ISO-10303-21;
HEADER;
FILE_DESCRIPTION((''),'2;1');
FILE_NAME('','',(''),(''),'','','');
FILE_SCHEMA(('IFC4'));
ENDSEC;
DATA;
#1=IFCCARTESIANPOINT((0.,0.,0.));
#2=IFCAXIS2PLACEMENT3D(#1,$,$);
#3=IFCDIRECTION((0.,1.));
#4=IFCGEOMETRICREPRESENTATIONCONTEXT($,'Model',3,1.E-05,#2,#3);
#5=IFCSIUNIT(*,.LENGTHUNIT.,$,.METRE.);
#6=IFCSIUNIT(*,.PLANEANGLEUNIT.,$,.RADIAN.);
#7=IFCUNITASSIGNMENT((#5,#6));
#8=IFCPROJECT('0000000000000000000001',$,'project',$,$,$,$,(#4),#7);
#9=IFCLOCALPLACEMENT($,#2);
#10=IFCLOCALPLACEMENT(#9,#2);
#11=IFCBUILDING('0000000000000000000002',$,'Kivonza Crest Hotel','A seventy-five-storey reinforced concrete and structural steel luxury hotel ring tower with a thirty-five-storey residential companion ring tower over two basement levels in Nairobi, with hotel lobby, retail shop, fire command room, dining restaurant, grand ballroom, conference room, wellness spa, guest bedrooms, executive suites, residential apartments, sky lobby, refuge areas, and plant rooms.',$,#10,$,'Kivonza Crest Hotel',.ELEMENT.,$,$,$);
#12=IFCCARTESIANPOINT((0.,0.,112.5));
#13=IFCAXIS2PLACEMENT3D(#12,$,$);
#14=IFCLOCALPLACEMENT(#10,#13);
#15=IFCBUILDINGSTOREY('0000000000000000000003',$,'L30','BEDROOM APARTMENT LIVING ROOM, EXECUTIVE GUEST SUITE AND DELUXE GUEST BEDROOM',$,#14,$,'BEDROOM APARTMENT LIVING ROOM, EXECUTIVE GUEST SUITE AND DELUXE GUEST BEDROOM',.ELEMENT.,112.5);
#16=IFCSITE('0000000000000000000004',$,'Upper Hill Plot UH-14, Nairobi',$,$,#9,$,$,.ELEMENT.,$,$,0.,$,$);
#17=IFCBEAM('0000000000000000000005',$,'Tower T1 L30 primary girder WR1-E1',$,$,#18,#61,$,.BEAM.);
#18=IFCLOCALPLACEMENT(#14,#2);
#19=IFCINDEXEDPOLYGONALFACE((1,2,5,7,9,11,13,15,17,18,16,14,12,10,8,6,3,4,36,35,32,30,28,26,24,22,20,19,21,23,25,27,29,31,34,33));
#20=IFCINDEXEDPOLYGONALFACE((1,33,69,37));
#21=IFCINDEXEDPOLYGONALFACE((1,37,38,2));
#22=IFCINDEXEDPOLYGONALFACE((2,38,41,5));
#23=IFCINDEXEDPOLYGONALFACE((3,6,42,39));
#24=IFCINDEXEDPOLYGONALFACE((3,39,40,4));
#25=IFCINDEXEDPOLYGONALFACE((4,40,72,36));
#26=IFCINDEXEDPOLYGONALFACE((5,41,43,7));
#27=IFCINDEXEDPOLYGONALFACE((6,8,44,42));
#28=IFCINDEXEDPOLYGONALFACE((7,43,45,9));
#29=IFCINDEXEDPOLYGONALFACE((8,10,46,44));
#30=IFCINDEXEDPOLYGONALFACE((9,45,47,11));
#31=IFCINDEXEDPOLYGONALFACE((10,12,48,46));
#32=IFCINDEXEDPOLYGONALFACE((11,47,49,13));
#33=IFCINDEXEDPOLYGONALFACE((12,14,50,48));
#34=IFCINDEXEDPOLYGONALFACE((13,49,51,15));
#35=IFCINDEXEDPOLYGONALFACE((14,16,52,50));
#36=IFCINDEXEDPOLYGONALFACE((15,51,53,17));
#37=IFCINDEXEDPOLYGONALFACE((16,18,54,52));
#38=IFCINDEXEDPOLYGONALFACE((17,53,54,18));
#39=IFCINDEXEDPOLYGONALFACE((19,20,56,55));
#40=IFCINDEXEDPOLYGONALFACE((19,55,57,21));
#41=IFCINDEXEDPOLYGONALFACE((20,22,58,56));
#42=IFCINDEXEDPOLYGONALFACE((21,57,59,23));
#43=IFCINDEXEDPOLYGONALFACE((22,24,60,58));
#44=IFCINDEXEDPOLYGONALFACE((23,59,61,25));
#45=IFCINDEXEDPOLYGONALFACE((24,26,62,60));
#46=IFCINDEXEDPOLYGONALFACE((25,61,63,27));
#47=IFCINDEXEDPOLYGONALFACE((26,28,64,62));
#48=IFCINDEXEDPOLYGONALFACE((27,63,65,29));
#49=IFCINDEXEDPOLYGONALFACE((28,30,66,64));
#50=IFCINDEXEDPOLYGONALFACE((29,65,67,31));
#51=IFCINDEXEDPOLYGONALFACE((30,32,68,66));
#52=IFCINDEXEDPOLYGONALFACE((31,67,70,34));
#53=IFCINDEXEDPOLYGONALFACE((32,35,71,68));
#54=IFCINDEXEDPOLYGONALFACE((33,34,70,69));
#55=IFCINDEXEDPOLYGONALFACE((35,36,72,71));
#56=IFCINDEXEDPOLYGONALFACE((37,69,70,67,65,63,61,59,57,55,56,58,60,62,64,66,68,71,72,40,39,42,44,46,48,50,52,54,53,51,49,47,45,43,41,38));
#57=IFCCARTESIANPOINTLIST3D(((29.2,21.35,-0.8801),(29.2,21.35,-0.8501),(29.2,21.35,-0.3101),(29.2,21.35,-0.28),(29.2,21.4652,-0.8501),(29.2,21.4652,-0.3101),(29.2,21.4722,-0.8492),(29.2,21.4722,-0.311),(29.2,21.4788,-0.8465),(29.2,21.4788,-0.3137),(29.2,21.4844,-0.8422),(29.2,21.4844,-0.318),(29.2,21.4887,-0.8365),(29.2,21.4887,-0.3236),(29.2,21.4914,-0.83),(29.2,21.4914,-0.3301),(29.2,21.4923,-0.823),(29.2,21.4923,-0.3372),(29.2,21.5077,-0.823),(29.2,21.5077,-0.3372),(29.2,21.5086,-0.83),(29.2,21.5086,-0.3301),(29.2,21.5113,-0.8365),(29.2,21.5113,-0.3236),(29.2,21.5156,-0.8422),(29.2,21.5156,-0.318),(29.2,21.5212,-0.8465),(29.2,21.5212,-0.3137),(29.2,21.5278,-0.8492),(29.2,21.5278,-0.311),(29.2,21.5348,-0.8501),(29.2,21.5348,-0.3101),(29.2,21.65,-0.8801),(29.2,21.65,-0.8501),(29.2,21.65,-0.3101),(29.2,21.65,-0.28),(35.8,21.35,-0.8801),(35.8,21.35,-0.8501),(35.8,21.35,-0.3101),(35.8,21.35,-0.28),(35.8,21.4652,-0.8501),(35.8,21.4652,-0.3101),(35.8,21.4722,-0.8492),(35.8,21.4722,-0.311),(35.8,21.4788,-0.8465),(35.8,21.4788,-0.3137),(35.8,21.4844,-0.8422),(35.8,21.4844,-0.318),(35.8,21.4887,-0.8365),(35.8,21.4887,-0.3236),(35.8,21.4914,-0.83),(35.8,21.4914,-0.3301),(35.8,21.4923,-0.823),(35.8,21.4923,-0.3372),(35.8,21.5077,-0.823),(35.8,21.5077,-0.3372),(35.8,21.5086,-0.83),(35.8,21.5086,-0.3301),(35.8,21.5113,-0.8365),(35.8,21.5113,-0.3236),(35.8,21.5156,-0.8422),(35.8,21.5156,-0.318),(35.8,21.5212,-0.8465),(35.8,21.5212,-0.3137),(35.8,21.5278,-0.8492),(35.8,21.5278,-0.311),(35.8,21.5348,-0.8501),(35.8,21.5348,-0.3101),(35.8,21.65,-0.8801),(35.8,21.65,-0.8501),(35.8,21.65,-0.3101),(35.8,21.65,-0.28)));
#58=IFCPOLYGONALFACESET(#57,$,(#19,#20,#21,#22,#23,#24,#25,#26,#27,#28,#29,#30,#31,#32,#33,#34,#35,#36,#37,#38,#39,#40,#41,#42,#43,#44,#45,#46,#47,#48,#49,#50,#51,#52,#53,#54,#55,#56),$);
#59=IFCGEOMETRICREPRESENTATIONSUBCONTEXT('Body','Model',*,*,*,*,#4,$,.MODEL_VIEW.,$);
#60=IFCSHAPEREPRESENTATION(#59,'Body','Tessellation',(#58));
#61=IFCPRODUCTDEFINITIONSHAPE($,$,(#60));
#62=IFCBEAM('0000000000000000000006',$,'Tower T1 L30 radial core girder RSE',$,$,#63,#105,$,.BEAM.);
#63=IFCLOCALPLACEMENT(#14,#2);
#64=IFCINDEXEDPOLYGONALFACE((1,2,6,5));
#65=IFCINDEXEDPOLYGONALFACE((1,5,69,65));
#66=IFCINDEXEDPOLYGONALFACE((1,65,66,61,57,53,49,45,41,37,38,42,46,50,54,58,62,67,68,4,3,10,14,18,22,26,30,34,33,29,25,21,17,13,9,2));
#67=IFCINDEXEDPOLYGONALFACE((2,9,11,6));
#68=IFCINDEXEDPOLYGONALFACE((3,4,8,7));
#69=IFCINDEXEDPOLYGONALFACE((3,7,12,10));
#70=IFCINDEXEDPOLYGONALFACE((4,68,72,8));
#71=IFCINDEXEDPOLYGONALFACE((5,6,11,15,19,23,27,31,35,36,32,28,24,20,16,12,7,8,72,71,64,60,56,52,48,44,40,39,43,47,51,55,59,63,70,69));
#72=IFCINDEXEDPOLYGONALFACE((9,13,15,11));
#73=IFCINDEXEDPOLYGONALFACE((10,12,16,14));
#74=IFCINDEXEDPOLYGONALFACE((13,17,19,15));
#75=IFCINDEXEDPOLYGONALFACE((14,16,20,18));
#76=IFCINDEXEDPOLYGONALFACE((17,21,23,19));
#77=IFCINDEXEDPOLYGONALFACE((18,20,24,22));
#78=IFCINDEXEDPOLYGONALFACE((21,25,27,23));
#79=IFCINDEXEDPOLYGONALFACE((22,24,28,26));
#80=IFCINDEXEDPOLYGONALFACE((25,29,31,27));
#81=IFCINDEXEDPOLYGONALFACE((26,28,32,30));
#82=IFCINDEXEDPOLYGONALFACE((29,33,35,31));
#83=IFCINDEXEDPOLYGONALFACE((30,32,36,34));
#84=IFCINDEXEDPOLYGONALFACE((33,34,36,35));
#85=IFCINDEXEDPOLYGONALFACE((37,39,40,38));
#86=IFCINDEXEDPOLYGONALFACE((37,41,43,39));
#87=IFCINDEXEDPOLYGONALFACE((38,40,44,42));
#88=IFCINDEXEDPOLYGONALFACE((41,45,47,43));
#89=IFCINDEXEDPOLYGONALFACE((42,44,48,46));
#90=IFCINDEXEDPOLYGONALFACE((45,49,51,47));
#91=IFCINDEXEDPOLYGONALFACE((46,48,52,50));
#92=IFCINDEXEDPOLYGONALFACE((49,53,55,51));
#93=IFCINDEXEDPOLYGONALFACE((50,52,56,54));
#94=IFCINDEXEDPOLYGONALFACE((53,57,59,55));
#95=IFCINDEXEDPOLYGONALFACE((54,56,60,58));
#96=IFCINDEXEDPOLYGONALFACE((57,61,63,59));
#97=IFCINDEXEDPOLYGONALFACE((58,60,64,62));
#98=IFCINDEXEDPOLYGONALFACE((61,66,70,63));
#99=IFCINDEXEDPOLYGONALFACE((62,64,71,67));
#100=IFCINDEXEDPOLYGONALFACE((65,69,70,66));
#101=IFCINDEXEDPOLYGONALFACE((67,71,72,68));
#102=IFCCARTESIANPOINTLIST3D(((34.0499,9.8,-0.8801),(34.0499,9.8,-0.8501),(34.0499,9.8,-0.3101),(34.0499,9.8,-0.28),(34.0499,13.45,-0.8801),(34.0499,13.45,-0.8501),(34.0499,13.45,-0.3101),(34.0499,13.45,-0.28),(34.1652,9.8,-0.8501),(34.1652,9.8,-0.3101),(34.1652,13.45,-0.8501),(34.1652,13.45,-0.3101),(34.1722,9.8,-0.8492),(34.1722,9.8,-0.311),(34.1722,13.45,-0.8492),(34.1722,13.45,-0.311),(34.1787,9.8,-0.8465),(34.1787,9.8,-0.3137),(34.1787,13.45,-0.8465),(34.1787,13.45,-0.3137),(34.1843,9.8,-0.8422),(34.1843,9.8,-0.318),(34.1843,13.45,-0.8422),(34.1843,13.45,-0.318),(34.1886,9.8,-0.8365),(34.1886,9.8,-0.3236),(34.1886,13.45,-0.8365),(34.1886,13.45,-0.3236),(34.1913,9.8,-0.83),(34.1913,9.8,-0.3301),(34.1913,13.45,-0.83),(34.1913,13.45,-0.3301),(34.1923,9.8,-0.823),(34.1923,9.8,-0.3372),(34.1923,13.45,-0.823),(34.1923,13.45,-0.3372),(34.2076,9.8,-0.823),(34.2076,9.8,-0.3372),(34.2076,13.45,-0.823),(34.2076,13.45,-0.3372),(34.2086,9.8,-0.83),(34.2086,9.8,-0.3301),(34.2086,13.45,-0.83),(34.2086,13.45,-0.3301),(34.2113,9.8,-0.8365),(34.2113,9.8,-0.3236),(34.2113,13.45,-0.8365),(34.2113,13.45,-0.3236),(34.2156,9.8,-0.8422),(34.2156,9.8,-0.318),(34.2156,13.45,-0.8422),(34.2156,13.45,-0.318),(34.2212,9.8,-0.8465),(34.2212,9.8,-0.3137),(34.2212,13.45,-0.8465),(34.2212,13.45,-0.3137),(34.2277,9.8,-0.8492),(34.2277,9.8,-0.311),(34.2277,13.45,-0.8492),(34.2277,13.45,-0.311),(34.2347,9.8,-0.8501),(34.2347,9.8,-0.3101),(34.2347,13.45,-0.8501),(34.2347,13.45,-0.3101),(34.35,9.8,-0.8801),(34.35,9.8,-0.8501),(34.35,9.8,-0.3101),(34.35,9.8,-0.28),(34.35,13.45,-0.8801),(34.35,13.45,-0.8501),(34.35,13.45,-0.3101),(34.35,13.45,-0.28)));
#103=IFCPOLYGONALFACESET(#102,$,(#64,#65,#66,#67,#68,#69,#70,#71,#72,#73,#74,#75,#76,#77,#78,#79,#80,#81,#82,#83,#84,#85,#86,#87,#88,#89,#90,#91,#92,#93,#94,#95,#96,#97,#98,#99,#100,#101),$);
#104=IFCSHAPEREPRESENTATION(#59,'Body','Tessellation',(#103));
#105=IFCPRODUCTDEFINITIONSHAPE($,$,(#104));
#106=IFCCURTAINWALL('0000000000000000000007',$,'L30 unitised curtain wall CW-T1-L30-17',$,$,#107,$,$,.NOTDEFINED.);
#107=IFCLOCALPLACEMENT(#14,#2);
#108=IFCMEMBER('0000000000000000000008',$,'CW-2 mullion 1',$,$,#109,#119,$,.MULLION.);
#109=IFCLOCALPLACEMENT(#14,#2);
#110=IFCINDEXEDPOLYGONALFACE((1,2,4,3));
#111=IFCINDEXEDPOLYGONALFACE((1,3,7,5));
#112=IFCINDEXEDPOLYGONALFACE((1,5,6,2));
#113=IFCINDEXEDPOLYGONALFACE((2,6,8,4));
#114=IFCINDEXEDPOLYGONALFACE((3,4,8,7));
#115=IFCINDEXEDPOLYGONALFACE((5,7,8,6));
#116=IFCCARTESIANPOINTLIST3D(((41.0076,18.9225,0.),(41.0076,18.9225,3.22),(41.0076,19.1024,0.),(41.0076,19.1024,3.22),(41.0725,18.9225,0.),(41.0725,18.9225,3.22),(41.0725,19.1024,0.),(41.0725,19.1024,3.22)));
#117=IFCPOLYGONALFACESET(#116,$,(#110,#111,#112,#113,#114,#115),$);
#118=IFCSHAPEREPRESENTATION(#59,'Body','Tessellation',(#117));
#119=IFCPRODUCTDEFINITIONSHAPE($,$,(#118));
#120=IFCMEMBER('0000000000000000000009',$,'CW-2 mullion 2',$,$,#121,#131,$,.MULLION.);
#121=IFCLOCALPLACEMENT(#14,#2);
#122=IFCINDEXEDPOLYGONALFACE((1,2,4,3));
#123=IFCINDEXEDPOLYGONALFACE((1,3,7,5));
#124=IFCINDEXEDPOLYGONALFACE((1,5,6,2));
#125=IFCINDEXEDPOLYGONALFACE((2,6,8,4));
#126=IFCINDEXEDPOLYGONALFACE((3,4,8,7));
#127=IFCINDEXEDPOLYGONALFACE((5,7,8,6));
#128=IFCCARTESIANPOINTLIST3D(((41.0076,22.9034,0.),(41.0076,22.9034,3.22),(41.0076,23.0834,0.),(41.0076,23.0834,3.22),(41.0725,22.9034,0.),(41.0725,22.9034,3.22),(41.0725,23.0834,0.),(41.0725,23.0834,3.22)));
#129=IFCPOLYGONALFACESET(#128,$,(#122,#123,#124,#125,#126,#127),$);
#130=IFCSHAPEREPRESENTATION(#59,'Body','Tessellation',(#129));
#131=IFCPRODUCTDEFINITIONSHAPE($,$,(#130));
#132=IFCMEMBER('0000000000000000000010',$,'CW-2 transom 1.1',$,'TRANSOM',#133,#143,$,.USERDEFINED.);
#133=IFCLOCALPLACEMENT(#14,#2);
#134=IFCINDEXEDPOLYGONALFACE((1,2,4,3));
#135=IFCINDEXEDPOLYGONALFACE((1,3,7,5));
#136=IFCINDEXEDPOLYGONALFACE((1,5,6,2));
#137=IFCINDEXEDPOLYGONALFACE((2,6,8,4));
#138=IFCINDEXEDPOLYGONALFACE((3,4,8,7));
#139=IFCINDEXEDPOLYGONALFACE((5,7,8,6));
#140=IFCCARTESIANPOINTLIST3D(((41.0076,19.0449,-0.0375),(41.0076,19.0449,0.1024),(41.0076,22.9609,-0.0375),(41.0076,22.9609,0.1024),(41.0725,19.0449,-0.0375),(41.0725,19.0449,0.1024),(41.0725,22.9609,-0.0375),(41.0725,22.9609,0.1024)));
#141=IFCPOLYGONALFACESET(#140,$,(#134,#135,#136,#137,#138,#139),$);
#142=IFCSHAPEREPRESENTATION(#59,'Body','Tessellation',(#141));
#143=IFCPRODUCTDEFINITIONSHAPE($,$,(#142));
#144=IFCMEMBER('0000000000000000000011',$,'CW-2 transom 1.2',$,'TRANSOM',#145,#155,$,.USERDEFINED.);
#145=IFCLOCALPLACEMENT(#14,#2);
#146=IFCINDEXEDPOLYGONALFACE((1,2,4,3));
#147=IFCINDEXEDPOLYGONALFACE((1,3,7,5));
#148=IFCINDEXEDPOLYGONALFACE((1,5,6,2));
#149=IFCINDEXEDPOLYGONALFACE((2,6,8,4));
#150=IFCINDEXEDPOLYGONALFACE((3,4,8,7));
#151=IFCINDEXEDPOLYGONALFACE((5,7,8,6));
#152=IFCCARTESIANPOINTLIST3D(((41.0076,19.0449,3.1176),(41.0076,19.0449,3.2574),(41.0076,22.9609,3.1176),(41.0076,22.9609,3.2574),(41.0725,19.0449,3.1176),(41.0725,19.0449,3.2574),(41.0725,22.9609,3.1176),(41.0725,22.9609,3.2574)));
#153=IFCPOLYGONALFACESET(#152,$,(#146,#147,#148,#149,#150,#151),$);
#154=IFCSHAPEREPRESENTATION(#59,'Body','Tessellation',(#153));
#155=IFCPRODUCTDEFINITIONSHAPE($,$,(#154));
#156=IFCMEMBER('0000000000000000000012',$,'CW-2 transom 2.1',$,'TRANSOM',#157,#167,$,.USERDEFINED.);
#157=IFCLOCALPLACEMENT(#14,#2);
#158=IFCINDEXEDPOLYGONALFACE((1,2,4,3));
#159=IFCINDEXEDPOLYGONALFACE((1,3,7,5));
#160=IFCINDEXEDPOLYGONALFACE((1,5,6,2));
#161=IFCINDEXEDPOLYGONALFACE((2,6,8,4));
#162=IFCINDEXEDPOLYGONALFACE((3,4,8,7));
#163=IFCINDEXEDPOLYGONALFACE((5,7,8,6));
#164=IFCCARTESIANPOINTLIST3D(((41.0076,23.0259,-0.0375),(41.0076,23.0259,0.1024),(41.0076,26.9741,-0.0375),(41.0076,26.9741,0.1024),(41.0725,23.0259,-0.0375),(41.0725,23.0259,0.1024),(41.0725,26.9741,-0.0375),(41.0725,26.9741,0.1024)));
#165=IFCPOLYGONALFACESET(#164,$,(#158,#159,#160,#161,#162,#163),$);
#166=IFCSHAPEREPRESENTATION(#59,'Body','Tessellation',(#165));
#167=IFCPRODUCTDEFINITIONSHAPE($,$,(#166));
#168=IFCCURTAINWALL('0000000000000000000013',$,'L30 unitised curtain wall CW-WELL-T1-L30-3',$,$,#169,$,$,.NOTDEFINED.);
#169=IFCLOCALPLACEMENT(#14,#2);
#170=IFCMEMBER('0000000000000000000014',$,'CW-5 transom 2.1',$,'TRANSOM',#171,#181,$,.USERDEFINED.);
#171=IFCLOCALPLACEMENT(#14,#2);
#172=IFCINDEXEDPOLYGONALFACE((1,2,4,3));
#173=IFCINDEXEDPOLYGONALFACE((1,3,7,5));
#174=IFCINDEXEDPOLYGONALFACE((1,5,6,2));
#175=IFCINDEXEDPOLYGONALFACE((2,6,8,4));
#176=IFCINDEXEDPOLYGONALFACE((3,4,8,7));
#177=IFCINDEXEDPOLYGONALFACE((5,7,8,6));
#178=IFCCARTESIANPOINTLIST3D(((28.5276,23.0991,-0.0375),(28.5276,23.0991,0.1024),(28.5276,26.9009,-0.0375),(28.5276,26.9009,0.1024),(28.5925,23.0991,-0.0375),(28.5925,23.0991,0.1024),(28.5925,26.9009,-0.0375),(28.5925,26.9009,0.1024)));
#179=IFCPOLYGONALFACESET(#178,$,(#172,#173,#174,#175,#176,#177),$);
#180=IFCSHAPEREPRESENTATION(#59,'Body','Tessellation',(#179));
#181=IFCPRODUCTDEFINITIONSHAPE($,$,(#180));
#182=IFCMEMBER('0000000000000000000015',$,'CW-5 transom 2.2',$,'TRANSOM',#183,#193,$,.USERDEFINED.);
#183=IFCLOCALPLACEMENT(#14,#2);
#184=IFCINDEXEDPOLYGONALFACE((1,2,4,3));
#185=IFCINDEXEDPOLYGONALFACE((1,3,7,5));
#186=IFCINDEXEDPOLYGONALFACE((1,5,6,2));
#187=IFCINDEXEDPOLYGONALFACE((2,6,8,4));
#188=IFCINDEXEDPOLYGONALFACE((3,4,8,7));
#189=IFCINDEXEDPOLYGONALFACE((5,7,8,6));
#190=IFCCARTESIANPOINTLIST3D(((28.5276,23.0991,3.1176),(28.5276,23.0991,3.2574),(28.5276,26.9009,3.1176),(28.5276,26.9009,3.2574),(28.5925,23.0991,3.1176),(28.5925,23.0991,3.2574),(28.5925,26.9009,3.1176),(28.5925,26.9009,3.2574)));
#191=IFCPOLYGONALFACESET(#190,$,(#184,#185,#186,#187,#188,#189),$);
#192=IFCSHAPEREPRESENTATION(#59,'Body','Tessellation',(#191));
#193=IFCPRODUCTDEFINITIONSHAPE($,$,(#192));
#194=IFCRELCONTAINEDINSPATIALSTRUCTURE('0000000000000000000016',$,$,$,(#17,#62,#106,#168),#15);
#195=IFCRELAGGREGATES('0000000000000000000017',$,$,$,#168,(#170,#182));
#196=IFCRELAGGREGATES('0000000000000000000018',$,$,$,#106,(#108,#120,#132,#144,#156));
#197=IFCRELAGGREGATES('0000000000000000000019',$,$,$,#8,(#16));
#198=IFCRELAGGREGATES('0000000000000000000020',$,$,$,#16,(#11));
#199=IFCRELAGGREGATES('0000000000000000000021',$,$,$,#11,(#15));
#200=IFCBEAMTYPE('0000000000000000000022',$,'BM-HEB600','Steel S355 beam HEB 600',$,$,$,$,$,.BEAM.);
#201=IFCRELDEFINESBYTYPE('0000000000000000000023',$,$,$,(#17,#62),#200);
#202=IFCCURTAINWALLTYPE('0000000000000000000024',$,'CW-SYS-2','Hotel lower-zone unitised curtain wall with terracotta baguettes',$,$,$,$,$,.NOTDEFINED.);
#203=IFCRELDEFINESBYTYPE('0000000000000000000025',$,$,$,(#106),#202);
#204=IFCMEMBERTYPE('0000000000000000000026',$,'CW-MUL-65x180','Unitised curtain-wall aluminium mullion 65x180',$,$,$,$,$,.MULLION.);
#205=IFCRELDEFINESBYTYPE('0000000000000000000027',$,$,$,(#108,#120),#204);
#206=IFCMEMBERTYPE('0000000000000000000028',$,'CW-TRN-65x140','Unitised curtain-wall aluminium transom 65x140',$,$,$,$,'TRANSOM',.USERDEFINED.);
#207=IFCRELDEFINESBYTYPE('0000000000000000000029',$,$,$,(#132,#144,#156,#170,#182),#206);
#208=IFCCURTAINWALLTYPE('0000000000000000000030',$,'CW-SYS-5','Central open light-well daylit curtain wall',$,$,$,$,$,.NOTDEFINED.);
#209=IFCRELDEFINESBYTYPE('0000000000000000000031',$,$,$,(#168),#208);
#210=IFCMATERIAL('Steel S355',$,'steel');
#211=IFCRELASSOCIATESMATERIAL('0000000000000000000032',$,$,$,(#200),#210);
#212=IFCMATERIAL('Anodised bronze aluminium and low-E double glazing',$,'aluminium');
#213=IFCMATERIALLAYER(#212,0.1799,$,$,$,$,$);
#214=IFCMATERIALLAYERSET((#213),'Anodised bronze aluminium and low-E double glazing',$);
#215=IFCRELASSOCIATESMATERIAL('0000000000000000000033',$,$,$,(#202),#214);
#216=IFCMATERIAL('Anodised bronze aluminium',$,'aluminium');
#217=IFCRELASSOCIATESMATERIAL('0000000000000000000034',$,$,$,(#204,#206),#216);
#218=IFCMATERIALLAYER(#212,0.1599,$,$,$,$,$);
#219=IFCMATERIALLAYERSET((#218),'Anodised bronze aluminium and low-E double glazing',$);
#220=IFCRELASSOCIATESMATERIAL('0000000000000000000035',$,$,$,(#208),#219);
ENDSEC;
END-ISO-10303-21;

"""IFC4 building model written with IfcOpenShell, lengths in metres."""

from ifc_helpers import new_model, si_unit, direction, frame, origin, origin_2d, place, context, subcontext, project, spatial, rectangle, i_section, extrude, material, layer, layer_set, material_profile, profile_set, type_object, element, aggregate, save


model = new_model("IFC4")

# Units and contexts
model_context = context("Model", 3, precision=1e-05, world=origin(), true_north=direction((0.0, 1.0)))
body_context = subcontext(model_context, "Body", "Model", "MODEL_VIEW")
ifc_project = project(units=[si_unit("LENGTHUNIT", "METRE"), si_unit("PLANEANGLEUNIT", "RADIAN")], contexts=[model_context])

# Site, building, storey
site_placement = place(None, origin())
site = spatial("IfcSite", under=ifc_project, at=site_placement, Name="Upper Hill Plot UH-14, Nairobi", CompositionType="ELEMENT", RefElevation=0.0)
building_placement = place(site_placement, origin())
building = spatial("IfcBuilding", under=site, at=building_placement, Name="Kivonza Crest Hotel", Description="A seventy-five-storey reinforced concrete and structural steel luxury hotel ring tower with a thirty-five-storey residential companion ring tower over two basement levels in Nairobi, with hotel lobby, retail shop, fire command room, dining restaurant, grand ballroom, conference room, wellness spa, guest bedrooms, executive suites, residential apartments, sky lobby, refuge areas, and plant rooms.", LongName="Kivonza Crest Hotel", CompositionType="ELEMENT")
storey_placement = place(building_placement, frame((0.0, 0.0, 112.5)))
storey = spatial("IfcBuildingStorey", under=building, at=storey_placement, Name="L30", Description="BEDROOM APARTMENT LIVING ROOM, EXECUTIVE GUEST SUITE AND DELUXE GUEST BEDROOM", LongName="BEDROOM APARTMENT LIVING ROOM, EXECUTIVE GUEST SUITE AND DELUXE GUEST BEDROOM", CompositionType="ELEMENT", Elevation=112.5)

# Beams
ifc_material_1 = material(Name="Steel S355", Category="steel")
ifc_material_profile_1 = material_profile(ifc_material_1, i_section(OverallWidth=0.3, OverallDepth=0.6001, WebThickness=0.0154, FlangeThickness=0.03, FilletRadius=0.0271, at=origin_2d()), Name="HEB 600")
ifc_profile_set_1 = profile_set([ifc_material_profile_1], Name="Steel S355")
beam_type_1 = type_object("IfcBeamType", Name="BM-HEB600", Description="Steel S355 beam HEB 600", PredefinedType="BEAM", material=ifc_profile_set_1)
beam_1_placement = place(storey_placement, frame((29.2, 21.5, -0.5801), z_axis=(1.0, 0.0, 0.0), x_axis=(0.0, 1.0, 0.0)))
element("IfcBeam", 1, at=beam_1_placement, inside=storey, type_object=beam_type_1, Name="Tower T1 L30 primary girder WR1-E1", PredefinedType="BEAM", context=body_context, shape_type="SweptSolid", body=[
    extrude(i_section(OverallWidth=0.3, OverallDepth=0.6001, WebThickness=0.0154, FlangeThickness=0.03, FilletRadius=0.0271, at=origin_2d()), origin(), (0.0, 0.0, 1.0), 6.6001),
])
beam_2_placement = place(storey_placement, frame((34.2, 9.8, -0.5801), z_axis=(0.0, 1.0, 0.0), x_axis=(-1.0, 0.0, 0.0)))
element("IfcBeam", 2, at=beam_2_placement, inside=storey, type_object=beam_type_1, Name="Tower T1 L30 radial core girder RSE", PredefinedType="BEAM", context=body_context, shape_type="SweptSolid", body=[
    extrude(i_section(OverallWidth=0.3, OverallDepth=0.6001, WebThickness=0.0154, FlangeThickness=0.03, FilletRadius=0.0271, at=origin_2d()), origin(), (0.0, 0.0, 1.0), 3.6499),
])

# Curtain walls, members
ifc_material_2 = material(Name="Anodised bronze aluminium and low-E double glazing", Category="aluminium")
ifc_layer_1 = layer(ifc_material_2, 0.1799)
ifc_layer_set_1 = layer_set([ifc_layer_1], Name="Anodised bronze aluminium and low-E double glazing")
curtain_wall_type_1 = type_object("IfcCurtainWallType", Name="CW-SYS-2", Description="Hotel lower-zone unitised curtain wall with terracotta baguettes", PredefinedType="NOTDEFINED", material=ifc_layer_set_1)
curtain_wall_1_placement = place(storey_placement, origin())
curtain_wall_1 = element("IfcCurtainWall", 3, at=curtain_wall_1_placement, inside=storey, type_object=curtain_wall_type_1, Name="L30 unitised curtain wall CW-T1-L30-17", PredefinedType="NOTDEFINED")
ifc_material_3 = material(Name="Anodised bronze aluminium", Category="aluminium")
ifc_material_profile_2 = material_profile(ifc_material_3, rectangle(XDim=0.0649, YDim=0.1799, at=origin_2d()), Name="CW-M 65x180")
ifc_profile_set_2 = profile_set([ifc_material_profile_2], Name="Anodised bronze aluminium")
member_type_1 = type_object("IfcMemberType", Name="CW-MUL-65x180", Description="Unitised curtain-wall aluminium mullion 65x180", PredefinedType="MULLION", material=ifc_profile_set_2)
member_1_placement = place(storey_placement, frame((41.04, 19.0125, 0.0), z_axis=(0.0, 0.0, 1.0), x_axis=(-1.0, 0.0, 0.0)))
member_1 = element("IfcMember", 4, at=member_1_placement, type_object=member_type_1, Name="CW-2 mullion 1", PredefinedType="MULLION", context=body_context, shape_type="SweptSolid", body=[
    extrude(rectangle(XDim=0.0649, YDim=0.1799, at=origin_2d()), origin(), (0.0, 0.0, 1.0), 3.22),
])
member_2_placement = place(storey_placement, frame((41.04, 22.9934, 0.0), z_axis=(0.0, 0.0, 1.0), x_axis=(-1.0, 0.0, 0.0)))
member_2 = element("IfcMember", 5, at=member_2_placement, type_object=member_type_1, Name="CW-2 mullion 2", PredefinedType="MULLION", context=body_context, shape_type="SweptSolid", body=[
    extrude(rectangle(XDim=0.0649, YDim=0.1799, at=origin_2d()), origin(), (0.0, 0.0, 1.0), 3.22),
])
ifc_material_profile_3 = material_profile(ifc_material_3, rectangle(XDim=0.0649, YDim=0.1399, at=origin_2d()), Name="CW-T 65x140")
ifc_profile_set_3 = profile_set([ifc_material_profile_3], Name="Anodised bronze aluminium")
member_type_2 = type_object("IfcMemberType", Name="CW-TRN-65x140", Description="Unitised curtain-wall aluminium transom 65x140", ElementType="TRANSOM", PredefinedType="USERDEFINED", material=ifc_profile_set_3)
member_3_placement = place(storey_placement, frame((41.04, 19.0449, 0.0325), z_axis=(0.0, 1.0, 0.0), x_axis=(-1.0, 0.0, 0.0)))
member_3 = element("IfcMember", 6, at=member_3_placement, type_object=member_type_2, Name="CW-2 transom 1.1", ObjectType="TRANSOM", PredefinedType="USERDEFINED", context=body_context, shape_type="SweptSolid", body=[
    extrude(rectangle(XDim=0.0649, YDim=0.1399, at=origin_2d()), origin(), (0.0, 0.0, 1.0), 3.916),
])
member_4_placement = place(storey_placement, frame((41.04, 19.0449, 3.1875), z_axis=(0.0, 1.0, 0.0), x_axis=(-1.0, 0.0, 0.0)))
member_4 = element("IfcMember", 7, at=member_4_placement, type_object=member_type_2, Name="CW-2 transom 1.2", ObjectType="TRANSOM", PredefinedType="USERDEFINED", context=body_context, shape_type="SweptSolid", body=[
    extrude(rectangle(XDim=0.0649, YDim=0.1399, at=origin_2d()), origin(), (0.0, 0.0, 1.0), 3.916),
])
member_5_placement = place(storey_placement, frame((41.04, 23.0259, 0.0325), z_axis=(0.0, 1.0, 0.0), x_axis=(-1.0, 0.0, 0.0)))
member_5 = element("IfcMember", 8, at=member_5_placement, type_object=member_type_2, Name="CW-2 transom 2.1", ObjectType="TRANSOM", PredefinedType="USERDEFINED", context=body_context, shape_type="SweptSolid", body=[
    extrude(rectangle(XDim=0.0649, YDim=0.1399, at=origin_2d()), origin(), (0.0, 0.0, 1.0), 3.9482),
])
ifc_layer_2 = layer(ifc_material_2, 0.1599)
ifc_layer_set_2 = layer_set([ifc_layer_2], Name="Anodised bronze aluminium and low-E double glazing")
curtain_wall_type_2 = type_object("IfcCurtainWallType", Name="CW-SYS-5", Description="Central open light-well daylit curtain wall", PredefinedType="NOTDEFINED", material=ifc_layer_set_2)
curtain_wall_2_placement = place(storey_placement, origin())
curtain_wall_2 = element("IfcCurtainWall", 9, at=curtain_wall_2_placement, inside=storey, type_object=curtain_wall_type_2, Name="L30 unitised curtain wall CW-WELL-T1-L30-3", PredefinedType="NOTDEFINED")
member_6_placement = place(storey_placement, frame((28.5601, 23.0991, 0.0325), z_axis=(0.0, 1.0, 0.0), x_axis=(-1.0, 0.0, 0.0)))
member_6 = element("IfcMember", 10, at=member_6_placement, type_object=member_type_2, Name="CW-5 transom 2.1", ObjectType="TRANSOM", PredefinedType="USERDEFINED", context=body_context, shape_type="SweptSolid", body=[
    extrude(rectangle(XDim=0.0649, YDim=0.1399, at=origin_2d()), origin(), (0.0, 0.0, 1.0), 3.8018),
])
member_7_placement = place(storey_placement, frame((28.5601, 23.0991, 3.1875), z_axis=(0.0, 1.0, 0.0), x_axis=(-1.0, 0.0, 0.0)))
member_7 = element("IfcMember", 11, at=member_7_placement, type_object=member_type_2, Name="CW-5 transom 2.2", ObjectType="TRANSOM", PredefinedType="USERDEFINED", context=body_context, shape_type="SweptSolid", body=[
    extrude(rectangle(XDim=0.0649, YDim=0.1399, at=origin_2d()), origin(), (0.0, 0.0, 1.0), 3.8018),
])
aggregate(curtain_wall_2, [member_6, member_7])

aggregate(curtain_wall_1, [member_1, member_2, member_3, member_4, member_5])

save(model, "model.ifc")
